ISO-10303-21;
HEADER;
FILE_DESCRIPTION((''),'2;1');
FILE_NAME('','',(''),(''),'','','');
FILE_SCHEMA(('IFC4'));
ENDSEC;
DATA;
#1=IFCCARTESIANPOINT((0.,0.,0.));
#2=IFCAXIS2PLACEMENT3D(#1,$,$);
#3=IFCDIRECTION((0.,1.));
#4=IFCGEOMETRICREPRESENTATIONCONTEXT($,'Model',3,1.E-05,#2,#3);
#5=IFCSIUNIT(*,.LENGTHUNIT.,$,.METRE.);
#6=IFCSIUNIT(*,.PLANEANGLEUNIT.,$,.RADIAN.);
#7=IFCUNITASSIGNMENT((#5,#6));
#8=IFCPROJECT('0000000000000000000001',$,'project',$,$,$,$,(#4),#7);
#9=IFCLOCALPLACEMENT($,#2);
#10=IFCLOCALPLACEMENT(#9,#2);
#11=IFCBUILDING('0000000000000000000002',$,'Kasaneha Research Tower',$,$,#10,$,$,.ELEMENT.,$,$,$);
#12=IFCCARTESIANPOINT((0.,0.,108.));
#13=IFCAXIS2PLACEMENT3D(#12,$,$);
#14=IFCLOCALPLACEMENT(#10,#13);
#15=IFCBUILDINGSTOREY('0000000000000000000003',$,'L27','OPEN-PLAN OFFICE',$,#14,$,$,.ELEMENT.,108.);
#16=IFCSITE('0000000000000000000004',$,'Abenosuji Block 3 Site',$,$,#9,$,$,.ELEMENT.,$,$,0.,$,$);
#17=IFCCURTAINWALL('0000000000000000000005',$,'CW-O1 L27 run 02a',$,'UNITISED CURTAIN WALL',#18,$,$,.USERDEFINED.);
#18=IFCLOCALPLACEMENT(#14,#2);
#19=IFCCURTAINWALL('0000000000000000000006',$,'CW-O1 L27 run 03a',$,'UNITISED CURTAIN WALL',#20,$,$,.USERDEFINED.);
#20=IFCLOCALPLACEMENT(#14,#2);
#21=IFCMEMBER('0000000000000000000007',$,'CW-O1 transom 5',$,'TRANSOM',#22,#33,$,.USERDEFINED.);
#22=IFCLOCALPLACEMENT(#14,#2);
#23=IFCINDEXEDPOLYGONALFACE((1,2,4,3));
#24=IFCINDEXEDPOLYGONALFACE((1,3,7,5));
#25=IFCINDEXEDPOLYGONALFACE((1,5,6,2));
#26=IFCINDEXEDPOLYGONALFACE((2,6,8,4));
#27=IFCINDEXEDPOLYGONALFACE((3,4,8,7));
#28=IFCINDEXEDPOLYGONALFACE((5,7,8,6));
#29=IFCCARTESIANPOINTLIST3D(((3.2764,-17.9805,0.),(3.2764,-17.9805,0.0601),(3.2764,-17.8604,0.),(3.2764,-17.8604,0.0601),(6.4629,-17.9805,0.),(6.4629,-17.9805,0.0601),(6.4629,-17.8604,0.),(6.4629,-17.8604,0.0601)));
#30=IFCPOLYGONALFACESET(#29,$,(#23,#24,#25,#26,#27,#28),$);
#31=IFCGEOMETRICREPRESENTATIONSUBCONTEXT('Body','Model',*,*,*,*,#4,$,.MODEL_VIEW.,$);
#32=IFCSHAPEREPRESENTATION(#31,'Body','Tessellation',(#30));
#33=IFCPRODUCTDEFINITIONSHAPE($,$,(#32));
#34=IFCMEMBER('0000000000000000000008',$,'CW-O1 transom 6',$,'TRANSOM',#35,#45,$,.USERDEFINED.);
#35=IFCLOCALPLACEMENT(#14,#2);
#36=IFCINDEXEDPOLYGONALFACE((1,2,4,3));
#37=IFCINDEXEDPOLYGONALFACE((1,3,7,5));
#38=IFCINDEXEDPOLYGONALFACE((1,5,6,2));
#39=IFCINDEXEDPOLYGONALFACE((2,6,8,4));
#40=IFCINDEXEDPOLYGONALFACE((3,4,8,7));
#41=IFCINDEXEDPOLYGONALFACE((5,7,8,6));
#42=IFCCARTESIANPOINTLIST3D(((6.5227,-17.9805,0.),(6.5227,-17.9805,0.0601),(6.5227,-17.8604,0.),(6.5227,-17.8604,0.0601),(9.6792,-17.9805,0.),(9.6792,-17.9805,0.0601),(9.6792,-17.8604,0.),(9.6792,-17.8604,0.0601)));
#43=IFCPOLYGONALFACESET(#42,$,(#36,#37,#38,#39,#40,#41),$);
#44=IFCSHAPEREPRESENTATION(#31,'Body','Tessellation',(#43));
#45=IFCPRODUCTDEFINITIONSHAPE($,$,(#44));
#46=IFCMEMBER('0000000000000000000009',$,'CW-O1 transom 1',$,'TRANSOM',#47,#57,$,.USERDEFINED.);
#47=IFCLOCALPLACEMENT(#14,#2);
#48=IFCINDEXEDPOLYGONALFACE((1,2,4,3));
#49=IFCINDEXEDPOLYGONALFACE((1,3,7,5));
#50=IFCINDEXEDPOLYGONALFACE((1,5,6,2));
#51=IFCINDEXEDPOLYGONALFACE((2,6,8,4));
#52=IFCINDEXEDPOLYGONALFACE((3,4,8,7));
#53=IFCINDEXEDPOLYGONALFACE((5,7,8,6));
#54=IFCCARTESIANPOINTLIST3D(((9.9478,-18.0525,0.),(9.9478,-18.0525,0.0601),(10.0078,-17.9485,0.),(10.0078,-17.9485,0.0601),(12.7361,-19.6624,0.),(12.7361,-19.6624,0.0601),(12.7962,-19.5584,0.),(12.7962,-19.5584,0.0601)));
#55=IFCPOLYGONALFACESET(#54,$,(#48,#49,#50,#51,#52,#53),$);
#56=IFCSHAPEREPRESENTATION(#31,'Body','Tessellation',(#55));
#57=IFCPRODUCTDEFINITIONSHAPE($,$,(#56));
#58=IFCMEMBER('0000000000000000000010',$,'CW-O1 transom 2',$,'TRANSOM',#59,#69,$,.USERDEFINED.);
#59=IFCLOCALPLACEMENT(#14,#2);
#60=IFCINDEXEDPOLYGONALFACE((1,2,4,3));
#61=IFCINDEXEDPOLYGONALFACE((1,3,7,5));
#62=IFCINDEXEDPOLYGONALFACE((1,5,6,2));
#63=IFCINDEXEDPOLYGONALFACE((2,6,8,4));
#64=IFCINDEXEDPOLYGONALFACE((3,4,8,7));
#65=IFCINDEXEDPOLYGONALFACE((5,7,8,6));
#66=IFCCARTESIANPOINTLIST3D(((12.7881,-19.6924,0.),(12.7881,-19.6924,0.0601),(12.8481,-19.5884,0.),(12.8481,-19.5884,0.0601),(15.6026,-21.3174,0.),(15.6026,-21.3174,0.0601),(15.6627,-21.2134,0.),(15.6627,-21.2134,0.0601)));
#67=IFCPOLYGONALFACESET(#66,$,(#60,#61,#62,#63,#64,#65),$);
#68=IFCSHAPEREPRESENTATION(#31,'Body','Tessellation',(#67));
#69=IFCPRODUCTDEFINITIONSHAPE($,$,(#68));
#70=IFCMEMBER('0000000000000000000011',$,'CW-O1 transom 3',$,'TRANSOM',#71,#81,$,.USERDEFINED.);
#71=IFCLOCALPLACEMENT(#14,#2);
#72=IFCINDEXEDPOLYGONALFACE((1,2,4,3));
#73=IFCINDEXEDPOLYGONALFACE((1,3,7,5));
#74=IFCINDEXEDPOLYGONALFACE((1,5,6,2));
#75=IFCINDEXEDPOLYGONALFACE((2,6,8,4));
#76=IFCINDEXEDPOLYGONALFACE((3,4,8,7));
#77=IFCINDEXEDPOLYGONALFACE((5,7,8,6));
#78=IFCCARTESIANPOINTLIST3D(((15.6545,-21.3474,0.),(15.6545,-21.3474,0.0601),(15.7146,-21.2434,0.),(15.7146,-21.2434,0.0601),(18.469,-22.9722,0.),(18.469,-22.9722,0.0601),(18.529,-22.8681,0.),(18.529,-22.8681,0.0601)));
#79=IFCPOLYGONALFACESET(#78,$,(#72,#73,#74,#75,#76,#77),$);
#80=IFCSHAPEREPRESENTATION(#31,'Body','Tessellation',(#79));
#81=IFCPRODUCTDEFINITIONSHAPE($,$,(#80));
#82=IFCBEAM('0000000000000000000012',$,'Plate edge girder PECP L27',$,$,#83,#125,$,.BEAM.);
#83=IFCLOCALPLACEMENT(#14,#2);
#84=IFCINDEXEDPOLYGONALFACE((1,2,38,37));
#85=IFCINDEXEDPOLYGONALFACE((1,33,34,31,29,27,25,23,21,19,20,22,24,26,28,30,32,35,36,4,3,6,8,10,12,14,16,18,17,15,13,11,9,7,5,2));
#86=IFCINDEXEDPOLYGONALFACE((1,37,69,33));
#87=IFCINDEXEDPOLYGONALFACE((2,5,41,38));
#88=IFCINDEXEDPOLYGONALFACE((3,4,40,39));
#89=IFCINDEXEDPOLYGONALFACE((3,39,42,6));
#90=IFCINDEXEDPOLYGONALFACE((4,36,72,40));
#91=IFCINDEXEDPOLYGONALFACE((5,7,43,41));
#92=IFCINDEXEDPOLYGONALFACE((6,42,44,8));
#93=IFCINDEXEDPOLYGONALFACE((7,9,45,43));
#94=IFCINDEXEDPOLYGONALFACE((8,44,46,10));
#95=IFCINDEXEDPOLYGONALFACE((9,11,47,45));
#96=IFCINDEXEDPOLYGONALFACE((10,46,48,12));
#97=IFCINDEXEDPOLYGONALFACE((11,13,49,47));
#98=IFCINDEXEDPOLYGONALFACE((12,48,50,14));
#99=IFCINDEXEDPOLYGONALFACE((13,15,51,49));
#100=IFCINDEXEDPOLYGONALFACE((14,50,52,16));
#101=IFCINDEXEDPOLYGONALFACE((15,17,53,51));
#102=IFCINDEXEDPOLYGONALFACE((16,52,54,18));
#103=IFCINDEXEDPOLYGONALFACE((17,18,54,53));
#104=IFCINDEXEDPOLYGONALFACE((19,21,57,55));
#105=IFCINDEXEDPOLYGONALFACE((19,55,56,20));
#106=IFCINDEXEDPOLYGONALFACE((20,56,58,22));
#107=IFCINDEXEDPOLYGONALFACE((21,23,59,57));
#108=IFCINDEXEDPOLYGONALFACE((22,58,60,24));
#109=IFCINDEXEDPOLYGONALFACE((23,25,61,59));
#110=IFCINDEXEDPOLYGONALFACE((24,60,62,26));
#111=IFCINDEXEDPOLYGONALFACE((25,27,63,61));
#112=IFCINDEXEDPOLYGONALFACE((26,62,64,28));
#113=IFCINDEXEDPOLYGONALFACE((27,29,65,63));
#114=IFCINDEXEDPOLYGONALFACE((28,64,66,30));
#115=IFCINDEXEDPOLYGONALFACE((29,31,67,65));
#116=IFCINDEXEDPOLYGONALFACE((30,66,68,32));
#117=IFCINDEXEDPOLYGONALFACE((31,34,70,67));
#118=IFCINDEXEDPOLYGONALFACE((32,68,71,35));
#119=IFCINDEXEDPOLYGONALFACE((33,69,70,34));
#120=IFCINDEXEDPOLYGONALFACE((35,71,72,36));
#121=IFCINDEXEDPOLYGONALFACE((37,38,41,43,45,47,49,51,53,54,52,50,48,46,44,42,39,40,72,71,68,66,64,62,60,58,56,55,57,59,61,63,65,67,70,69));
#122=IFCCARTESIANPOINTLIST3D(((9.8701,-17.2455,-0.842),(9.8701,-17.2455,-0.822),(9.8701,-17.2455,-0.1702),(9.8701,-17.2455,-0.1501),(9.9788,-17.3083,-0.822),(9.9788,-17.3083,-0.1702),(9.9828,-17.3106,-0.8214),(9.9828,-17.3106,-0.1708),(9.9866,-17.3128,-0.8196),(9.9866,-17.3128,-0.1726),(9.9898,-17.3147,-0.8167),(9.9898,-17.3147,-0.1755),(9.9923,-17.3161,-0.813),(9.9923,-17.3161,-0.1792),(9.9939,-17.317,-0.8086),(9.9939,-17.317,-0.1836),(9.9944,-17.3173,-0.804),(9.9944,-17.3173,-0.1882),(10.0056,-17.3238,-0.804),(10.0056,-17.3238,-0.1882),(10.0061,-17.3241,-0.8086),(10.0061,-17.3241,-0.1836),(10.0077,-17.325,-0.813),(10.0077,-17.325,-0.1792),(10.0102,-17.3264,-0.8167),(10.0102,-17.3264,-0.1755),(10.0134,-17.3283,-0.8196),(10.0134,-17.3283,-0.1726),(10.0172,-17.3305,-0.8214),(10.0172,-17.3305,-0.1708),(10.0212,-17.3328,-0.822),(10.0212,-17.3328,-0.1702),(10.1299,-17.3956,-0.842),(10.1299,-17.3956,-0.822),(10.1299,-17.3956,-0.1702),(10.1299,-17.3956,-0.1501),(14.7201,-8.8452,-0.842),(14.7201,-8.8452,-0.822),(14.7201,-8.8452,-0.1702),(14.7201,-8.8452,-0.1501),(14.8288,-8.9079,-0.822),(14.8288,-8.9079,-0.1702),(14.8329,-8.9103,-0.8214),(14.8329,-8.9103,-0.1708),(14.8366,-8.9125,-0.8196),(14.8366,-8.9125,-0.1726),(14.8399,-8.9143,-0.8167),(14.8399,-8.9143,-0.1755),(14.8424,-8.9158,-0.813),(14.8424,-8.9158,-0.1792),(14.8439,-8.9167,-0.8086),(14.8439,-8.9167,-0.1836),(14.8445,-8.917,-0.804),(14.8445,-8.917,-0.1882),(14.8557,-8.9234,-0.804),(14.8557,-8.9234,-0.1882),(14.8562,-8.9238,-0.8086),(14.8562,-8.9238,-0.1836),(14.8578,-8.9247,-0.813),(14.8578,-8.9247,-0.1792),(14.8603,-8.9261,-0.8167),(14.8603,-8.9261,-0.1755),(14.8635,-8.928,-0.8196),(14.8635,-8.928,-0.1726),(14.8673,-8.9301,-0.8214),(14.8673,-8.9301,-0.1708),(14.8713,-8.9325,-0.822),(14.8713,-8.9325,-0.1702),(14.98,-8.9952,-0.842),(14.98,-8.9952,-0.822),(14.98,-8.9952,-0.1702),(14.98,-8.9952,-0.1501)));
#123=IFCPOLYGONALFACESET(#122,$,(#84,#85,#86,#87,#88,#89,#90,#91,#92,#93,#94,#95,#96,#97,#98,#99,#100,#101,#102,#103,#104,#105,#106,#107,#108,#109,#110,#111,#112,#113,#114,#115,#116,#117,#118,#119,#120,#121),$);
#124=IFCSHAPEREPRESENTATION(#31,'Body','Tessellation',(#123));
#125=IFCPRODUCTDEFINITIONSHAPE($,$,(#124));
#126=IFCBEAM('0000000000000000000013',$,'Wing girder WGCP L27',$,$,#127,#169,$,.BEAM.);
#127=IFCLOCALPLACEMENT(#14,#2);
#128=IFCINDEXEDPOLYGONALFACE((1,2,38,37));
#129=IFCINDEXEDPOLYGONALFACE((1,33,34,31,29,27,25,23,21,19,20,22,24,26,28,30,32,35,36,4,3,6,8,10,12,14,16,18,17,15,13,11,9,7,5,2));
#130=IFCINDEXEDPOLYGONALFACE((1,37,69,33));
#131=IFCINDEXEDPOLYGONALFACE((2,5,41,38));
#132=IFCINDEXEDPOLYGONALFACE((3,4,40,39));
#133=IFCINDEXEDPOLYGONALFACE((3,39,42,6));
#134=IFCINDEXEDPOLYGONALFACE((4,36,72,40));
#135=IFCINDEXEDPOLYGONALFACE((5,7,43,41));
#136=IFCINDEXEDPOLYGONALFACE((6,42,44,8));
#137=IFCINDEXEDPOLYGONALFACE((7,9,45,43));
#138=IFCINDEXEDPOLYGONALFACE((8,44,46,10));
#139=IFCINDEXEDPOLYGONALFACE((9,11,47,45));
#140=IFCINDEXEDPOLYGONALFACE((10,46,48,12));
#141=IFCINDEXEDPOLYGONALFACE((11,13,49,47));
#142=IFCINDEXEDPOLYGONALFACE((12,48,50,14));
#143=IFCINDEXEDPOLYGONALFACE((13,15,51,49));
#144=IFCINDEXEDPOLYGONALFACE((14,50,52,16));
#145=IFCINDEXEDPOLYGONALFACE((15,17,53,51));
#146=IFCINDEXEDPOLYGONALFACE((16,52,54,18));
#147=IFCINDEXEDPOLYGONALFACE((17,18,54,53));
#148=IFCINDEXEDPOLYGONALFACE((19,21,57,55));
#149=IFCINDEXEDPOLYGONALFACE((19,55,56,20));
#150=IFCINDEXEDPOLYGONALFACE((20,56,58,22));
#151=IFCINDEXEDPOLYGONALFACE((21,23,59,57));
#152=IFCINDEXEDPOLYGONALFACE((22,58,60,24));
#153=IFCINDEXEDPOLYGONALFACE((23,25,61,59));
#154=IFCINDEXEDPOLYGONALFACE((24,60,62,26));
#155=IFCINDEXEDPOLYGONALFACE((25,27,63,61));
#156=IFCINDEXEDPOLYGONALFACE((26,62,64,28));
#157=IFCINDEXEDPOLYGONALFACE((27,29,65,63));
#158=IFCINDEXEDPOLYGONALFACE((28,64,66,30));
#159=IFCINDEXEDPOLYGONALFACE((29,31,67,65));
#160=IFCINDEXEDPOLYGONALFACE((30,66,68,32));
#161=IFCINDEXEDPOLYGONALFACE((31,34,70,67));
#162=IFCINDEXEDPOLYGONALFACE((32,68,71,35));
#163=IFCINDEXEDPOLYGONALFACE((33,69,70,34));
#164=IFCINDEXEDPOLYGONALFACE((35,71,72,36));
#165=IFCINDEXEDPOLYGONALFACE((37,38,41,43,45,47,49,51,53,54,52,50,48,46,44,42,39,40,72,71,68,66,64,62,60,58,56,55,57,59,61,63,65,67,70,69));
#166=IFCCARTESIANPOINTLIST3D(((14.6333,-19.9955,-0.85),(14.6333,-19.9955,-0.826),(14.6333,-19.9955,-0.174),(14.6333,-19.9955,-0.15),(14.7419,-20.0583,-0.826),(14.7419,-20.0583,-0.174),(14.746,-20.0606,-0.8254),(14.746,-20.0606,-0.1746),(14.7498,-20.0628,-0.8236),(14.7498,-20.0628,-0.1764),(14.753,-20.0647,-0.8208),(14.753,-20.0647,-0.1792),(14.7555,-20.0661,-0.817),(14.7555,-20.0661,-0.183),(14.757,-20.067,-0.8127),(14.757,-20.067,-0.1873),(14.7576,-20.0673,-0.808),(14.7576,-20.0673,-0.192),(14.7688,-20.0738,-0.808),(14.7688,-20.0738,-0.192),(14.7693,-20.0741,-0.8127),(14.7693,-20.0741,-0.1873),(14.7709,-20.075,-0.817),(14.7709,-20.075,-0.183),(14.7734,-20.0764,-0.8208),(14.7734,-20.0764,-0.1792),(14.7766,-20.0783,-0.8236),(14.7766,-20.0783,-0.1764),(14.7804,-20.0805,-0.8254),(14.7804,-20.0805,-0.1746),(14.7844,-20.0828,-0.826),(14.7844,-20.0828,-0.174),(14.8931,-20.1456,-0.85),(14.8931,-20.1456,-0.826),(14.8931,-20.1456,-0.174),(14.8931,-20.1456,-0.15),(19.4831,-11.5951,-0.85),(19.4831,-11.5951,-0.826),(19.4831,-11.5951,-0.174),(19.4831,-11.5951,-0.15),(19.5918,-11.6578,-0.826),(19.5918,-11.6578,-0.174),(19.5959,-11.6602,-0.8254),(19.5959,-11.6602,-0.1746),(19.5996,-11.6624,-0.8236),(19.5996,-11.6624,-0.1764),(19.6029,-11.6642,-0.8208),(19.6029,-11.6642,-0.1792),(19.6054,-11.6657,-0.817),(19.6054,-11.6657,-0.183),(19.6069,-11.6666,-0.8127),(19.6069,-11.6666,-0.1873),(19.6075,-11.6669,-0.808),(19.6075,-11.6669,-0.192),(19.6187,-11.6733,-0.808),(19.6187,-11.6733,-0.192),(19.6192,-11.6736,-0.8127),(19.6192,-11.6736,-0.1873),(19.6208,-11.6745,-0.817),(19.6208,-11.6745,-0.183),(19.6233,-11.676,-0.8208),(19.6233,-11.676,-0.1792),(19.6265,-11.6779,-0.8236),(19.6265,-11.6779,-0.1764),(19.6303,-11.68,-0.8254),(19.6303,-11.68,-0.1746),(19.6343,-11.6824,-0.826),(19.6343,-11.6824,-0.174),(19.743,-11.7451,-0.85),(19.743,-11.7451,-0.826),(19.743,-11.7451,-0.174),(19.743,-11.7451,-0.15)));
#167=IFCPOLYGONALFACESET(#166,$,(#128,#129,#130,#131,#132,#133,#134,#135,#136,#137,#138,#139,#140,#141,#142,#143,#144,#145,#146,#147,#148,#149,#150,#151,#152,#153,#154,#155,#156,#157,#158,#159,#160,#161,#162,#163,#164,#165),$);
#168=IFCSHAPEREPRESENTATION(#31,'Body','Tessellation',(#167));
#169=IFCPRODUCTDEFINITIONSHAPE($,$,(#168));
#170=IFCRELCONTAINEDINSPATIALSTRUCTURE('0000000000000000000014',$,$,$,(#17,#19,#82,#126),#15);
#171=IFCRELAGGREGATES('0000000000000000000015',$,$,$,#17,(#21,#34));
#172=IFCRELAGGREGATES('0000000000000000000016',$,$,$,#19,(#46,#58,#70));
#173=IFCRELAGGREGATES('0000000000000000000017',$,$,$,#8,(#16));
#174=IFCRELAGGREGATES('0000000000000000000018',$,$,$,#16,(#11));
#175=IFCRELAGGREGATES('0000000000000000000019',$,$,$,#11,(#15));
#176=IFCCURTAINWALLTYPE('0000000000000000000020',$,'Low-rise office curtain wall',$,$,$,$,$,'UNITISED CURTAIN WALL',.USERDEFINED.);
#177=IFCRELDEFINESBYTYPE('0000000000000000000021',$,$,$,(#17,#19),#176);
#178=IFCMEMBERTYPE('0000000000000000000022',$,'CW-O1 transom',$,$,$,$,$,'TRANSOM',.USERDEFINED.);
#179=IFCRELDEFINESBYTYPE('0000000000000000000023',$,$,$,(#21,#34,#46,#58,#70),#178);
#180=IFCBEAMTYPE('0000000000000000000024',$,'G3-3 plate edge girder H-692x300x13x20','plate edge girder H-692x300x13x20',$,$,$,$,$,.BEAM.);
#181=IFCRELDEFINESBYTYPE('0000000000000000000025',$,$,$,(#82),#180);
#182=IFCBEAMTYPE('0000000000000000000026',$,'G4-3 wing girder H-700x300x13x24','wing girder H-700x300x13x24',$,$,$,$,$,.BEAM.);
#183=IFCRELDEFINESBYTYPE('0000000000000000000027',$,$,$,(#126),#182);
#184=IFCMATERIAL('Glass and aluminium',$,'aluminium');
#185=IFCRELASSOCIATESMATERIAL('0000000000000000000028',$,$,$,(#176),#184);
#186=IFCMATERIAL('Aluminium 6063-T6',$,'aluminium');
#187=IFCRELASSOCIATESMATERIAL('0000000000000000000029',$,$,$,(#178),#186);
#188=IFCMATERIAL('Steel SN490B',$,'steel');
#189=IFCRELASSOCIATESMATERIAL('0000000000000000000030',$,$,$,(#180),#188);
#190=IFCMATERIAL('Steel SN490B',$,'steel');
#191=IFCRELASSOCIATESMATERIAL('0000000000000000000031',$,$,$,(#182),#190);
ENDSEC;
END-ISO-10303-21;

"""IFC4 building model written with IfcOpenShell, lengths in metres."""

from ifc_helpers import new_model, si_unit, direction, frame, origin, origin_2d, place, context, subcontext, project, spatial, rectangle, i_section, extrude, material, material_profile, profile_set, type_object, element, aggregate, save


model = new_model("IFC4")

# Units and contexts
model_context = context("Model", 3, precision=1e-05, world=origin(), true_north=direction((0.0, 1.0)))
body_context = subcontext(model_context, "Body", "Model", "MODEL_VIEW")
ifc_project = project(units=[si_unit("LENGTHUNIT", "METRE"), si_unit("PLANEANGLEUNIT", "RADIAN")], contexts=[model_context])

# Site, building, storey
site_placement = place(None, origin())
site = spatial("IfcSite", under=ifc_project, at=site_placement, Name="Abenosuji Block 3 Site", CompositionType="ELEMENT", RefElevation=0.0)
building_placement = place(site_placement, origin())
building = spatial("IfcBuilding", under=site, at=building_placement, Name="Kasaneha Research Tower", CompositionType="ELEMENT")
storey_placement = place(building_placement, frame((0.0, 0.0, 108.0)))
storey = spatial("IfcBuildingStorey", under=building, at=storey_placement, Name="L27", Description="OPEN-PLAN OFFICE", CompositionType="ELEMENT", Elevation=108.0)

# Curtain walls
ifc_material_1 = material(Name="Glass and aluminium", Category="aluminium")
curtain_wall_type = type_object("IfcCurtainWallType", Name="Low-rise office curtain wall", ElementType="UNITISED CURTAIN WALL", PredefinedType="USERDEFINED", material=ifc_material_1)
curtain_wall_1_placement = place(storey_placement, origin())
curtain_wall_1 = element("IfcCurtainWall", 1, at=curtain_wall_1_placement, inside=storey, type_object=curtain_wall_type, Name="CW-O1 L27 run 02a", ObjectType="UNITISED CURTAIN WALL", PredefinedType="USERDEFINED")
curtain_wall_2_placement = place(storey_placement, origin())
curtain_wall_2 = element("IfcCurtainWall", 2, at=curtain_wall_2_placement, inside=storey, type_object=curtain_wall_type, Name="CW-O1 L27 run 03a", ObjectType="UNITISED CURTAIN WALL", PredefinedType="USERDEFINED")

# Members
ifc_material_2 = material(Name="Aluminium 6063-T6", Category="aluminium")
ifc_material_profile_1 = material_profile(ifc_material_2, rectangle(XDim=0.1201, YDim=0.0601, at=origin_2d()), Name="CW-O1 transom 120x60")
ifc_profile_set_1 = profile_set([ifc_material_profile_1], Name="Aluminium 6063-T6")
member_type_1 = type_object("IfcMemberType", Name="CW-O1 transom", ElementType="TRANSOM", PredefinedType="USERDEFINED", material=ifc_profile_set_1)
member_1_placement = place(storey_placement, frame((3.2764, -17.9204, 0.03), z_axis=(1.0, 0.0, 0.0), x_axis=(0.0, 1.0, 0.0)))
member_1 = element("IfcMember", 3, at=member_1_placement, type_object=member_type_1, Name="CW-O1 transom 5", ObjectType="TRANSOM", PredefinedType="USERDEFINED", context=body_context, shape_type="SweptSolid", body=[
    extrude(rectangle(XDim=0.1201, YDim=0.0601, at=origin_2d()), origin(), (0.0, 0.0, 1.0), 3.1865),
])
member_2_placement = place(storey_placement, frame((6.5227, -17.9204, 0.03), z_axis=(1.0, 0.0, 0.0), x_axis=(0.0, 1.0, 0.0)))
member_2 = element("IfcMember", 4, at=member_2_placement, type_object=member_type_1, Name="CW-O1 transom 6", ObjectType="TRANSOM", PredefinedType="USERDEFINED", context=body_context, shape_type="SweptSolid", body=[
    extrude(rectangle(XDim=0.1201, YDim=0.0601, at=origin_2d()), origin(), (0.0, 0.0, 1.0), 3.1565),
])
member_3_placement = place(storey_placement, frame((9.9778, -18.0005, 0.03), z_axis=(0.866023, -0.500005, 0.0), x_axis=(0.500005, 0.866023, 0.0)))
member_3 = element("IfcMember", 5, at=member_3_placement, type_object=member_type_1, Name="CW-O1 transom 1", ObjectType="TRANSOM", PredefinedType="USERDEFINED", context=body_context, shape_type="SweptSolid", body=[
    extrude(rectangle(XDim=0.1201, YDim=0.0601, at=origin_2d()), origin(), (0.0, 0.0, 1.0), 3.2197),
])
member_4_placement = place(storey_placement, frame((12.8181, -19.6404, 0.03), z_axis=(0.866015, -0.500017, 0.0), x_axis=(0.500017, 0.866015, 0.0)))
member_4 = element("IfcMember", 6, at=member_4_placement, type_object=member_type_1, Name="CW-O1 transom 2", ObjectType="TRANSOM", PredefinedType="USERDEFINED", context=body_context, shape_type="SweptSolid", body=[
    extrude(rectangle(XDim=0.1201, YDim=0.0601, at=origin_2d()), origin(), (0.0, 0.0, 1.0), 3.25),
])
member_5_placement = place(storey_placement, frame((15.6846, -21.2954, 0.03), z_axis=(0.866048, -0.499961, 0.0), x_axis=(0.499961, 0.866048, 0.0)))
member_5 = element("IfcMember", 7, at=member_5_placement, type_object=member_type_1, Name="CW-O1 transom 3", ObjectType="TRANSOM", PredefinedType="USERDEFINED", context=body_context, shape_type="SweptSolid", body=[
    extrude(rectangle(XDim=0.1201, YDim=0.0601, at=origin_2d()), origin(), (0.0, 0.0, 1.0), 3.2498),
])

# Beams
ifc_material_3 = material(Name="Steel SN490B", Category="steel")
ifc_material_profile_2 = material_profile(ifc_material_3, i_section(OverallWidth=0.3, OverallDepth=0.6919, WebThickness=0.0129, FlangeThickness=0.02, FilletRadius=0.0181, at=origin_2d()), Name="H-692x300x13x20")
ifc_profile_set_2 = profile_set([ifc_material_profile_2], Name="Steel SN490B")
beam_type_1 = type_object("IfcBeamType", Name="G3-3 plate edge girder H-692x300x13x20", Description="plate edge girder H-692x300x13x20", PredefinedType="BEAM", material=ifc_profile_set_2)
beam_1_placement = place(storey_placement, frame((10.0, -17.3206, -0.4961), z_axis=(0.50001, 0.86602, 0.0), x_axis=(-0.86602, 0.50001, 0.0)))
element("IfcBeam", 8, at=beam_1_placement, inside=storey, type_object=beam_type_1, Name="Plate edge girder PECP L27", PredefinedType="BEAM", context=body_context, shape_type="SweptSolid", body=[
    extrude(i_section(OverallWidth=0.3, OverallDepth=0.6919, WebThickness=0.0129, FlangeThickness=0.02, FilletRadius=0.0181, at=origin_2d()), origin(), (0.0, 0.0, 1.0), 9.7),
])
ifc_material_4 = material(Name="Steel SN490B", Category="steel")
ifc_material_profile_3 = material_profile(ifc_material_4, i_section(OverallWidth=0.3, OverallDepth=0.7, WebThickness=0.0129, FlangeThickness=0.0239, FilletRadius=0.0181, at=origin_2d()), Name="H-700x300x13x24")
ifc_profile_set_3 = profile_set([ifc_material_profile_3], Name="Steel SN490B")
beam_type_2 = type_object("IfcBeamType", Name="G4-3 wing girder H-700x300x13x24", Description="wing girder H-700x300x13x24", PredefinedType="BEAM", material=ifc_profile_set_3)
beam_2_placement = place(storey_placement, frame((14.7632, -20.0706, -0.5), z_axis=(0.499991, 0.866031, 0.0), x_axis=(-0.866031, 0.499991, 0.0)))
element("IfcBeam", 9, at=beam_2_placement, inside=storey, type_object=beam_type_2, Name="Wing girder WGCP L27", PredefinedType="BEAM", context=body_context, shape_type="SweptSolid", body=[
    extrude(i_section(OverallWidth=0.3, OverallDepth=0.7, WebThickness=0.0129, FlangeThickness=0.0239, FilletRadius=0.0181, at=origin_2d()), origin(), (0.0, 0.0, 1.0), 9.7),
])

aggregate(curtain_wall_1, [member_1, member_2])
aggregate(curtain_wall_2, [member_3, member_4, member_5])

save(model, "model.ifc")
